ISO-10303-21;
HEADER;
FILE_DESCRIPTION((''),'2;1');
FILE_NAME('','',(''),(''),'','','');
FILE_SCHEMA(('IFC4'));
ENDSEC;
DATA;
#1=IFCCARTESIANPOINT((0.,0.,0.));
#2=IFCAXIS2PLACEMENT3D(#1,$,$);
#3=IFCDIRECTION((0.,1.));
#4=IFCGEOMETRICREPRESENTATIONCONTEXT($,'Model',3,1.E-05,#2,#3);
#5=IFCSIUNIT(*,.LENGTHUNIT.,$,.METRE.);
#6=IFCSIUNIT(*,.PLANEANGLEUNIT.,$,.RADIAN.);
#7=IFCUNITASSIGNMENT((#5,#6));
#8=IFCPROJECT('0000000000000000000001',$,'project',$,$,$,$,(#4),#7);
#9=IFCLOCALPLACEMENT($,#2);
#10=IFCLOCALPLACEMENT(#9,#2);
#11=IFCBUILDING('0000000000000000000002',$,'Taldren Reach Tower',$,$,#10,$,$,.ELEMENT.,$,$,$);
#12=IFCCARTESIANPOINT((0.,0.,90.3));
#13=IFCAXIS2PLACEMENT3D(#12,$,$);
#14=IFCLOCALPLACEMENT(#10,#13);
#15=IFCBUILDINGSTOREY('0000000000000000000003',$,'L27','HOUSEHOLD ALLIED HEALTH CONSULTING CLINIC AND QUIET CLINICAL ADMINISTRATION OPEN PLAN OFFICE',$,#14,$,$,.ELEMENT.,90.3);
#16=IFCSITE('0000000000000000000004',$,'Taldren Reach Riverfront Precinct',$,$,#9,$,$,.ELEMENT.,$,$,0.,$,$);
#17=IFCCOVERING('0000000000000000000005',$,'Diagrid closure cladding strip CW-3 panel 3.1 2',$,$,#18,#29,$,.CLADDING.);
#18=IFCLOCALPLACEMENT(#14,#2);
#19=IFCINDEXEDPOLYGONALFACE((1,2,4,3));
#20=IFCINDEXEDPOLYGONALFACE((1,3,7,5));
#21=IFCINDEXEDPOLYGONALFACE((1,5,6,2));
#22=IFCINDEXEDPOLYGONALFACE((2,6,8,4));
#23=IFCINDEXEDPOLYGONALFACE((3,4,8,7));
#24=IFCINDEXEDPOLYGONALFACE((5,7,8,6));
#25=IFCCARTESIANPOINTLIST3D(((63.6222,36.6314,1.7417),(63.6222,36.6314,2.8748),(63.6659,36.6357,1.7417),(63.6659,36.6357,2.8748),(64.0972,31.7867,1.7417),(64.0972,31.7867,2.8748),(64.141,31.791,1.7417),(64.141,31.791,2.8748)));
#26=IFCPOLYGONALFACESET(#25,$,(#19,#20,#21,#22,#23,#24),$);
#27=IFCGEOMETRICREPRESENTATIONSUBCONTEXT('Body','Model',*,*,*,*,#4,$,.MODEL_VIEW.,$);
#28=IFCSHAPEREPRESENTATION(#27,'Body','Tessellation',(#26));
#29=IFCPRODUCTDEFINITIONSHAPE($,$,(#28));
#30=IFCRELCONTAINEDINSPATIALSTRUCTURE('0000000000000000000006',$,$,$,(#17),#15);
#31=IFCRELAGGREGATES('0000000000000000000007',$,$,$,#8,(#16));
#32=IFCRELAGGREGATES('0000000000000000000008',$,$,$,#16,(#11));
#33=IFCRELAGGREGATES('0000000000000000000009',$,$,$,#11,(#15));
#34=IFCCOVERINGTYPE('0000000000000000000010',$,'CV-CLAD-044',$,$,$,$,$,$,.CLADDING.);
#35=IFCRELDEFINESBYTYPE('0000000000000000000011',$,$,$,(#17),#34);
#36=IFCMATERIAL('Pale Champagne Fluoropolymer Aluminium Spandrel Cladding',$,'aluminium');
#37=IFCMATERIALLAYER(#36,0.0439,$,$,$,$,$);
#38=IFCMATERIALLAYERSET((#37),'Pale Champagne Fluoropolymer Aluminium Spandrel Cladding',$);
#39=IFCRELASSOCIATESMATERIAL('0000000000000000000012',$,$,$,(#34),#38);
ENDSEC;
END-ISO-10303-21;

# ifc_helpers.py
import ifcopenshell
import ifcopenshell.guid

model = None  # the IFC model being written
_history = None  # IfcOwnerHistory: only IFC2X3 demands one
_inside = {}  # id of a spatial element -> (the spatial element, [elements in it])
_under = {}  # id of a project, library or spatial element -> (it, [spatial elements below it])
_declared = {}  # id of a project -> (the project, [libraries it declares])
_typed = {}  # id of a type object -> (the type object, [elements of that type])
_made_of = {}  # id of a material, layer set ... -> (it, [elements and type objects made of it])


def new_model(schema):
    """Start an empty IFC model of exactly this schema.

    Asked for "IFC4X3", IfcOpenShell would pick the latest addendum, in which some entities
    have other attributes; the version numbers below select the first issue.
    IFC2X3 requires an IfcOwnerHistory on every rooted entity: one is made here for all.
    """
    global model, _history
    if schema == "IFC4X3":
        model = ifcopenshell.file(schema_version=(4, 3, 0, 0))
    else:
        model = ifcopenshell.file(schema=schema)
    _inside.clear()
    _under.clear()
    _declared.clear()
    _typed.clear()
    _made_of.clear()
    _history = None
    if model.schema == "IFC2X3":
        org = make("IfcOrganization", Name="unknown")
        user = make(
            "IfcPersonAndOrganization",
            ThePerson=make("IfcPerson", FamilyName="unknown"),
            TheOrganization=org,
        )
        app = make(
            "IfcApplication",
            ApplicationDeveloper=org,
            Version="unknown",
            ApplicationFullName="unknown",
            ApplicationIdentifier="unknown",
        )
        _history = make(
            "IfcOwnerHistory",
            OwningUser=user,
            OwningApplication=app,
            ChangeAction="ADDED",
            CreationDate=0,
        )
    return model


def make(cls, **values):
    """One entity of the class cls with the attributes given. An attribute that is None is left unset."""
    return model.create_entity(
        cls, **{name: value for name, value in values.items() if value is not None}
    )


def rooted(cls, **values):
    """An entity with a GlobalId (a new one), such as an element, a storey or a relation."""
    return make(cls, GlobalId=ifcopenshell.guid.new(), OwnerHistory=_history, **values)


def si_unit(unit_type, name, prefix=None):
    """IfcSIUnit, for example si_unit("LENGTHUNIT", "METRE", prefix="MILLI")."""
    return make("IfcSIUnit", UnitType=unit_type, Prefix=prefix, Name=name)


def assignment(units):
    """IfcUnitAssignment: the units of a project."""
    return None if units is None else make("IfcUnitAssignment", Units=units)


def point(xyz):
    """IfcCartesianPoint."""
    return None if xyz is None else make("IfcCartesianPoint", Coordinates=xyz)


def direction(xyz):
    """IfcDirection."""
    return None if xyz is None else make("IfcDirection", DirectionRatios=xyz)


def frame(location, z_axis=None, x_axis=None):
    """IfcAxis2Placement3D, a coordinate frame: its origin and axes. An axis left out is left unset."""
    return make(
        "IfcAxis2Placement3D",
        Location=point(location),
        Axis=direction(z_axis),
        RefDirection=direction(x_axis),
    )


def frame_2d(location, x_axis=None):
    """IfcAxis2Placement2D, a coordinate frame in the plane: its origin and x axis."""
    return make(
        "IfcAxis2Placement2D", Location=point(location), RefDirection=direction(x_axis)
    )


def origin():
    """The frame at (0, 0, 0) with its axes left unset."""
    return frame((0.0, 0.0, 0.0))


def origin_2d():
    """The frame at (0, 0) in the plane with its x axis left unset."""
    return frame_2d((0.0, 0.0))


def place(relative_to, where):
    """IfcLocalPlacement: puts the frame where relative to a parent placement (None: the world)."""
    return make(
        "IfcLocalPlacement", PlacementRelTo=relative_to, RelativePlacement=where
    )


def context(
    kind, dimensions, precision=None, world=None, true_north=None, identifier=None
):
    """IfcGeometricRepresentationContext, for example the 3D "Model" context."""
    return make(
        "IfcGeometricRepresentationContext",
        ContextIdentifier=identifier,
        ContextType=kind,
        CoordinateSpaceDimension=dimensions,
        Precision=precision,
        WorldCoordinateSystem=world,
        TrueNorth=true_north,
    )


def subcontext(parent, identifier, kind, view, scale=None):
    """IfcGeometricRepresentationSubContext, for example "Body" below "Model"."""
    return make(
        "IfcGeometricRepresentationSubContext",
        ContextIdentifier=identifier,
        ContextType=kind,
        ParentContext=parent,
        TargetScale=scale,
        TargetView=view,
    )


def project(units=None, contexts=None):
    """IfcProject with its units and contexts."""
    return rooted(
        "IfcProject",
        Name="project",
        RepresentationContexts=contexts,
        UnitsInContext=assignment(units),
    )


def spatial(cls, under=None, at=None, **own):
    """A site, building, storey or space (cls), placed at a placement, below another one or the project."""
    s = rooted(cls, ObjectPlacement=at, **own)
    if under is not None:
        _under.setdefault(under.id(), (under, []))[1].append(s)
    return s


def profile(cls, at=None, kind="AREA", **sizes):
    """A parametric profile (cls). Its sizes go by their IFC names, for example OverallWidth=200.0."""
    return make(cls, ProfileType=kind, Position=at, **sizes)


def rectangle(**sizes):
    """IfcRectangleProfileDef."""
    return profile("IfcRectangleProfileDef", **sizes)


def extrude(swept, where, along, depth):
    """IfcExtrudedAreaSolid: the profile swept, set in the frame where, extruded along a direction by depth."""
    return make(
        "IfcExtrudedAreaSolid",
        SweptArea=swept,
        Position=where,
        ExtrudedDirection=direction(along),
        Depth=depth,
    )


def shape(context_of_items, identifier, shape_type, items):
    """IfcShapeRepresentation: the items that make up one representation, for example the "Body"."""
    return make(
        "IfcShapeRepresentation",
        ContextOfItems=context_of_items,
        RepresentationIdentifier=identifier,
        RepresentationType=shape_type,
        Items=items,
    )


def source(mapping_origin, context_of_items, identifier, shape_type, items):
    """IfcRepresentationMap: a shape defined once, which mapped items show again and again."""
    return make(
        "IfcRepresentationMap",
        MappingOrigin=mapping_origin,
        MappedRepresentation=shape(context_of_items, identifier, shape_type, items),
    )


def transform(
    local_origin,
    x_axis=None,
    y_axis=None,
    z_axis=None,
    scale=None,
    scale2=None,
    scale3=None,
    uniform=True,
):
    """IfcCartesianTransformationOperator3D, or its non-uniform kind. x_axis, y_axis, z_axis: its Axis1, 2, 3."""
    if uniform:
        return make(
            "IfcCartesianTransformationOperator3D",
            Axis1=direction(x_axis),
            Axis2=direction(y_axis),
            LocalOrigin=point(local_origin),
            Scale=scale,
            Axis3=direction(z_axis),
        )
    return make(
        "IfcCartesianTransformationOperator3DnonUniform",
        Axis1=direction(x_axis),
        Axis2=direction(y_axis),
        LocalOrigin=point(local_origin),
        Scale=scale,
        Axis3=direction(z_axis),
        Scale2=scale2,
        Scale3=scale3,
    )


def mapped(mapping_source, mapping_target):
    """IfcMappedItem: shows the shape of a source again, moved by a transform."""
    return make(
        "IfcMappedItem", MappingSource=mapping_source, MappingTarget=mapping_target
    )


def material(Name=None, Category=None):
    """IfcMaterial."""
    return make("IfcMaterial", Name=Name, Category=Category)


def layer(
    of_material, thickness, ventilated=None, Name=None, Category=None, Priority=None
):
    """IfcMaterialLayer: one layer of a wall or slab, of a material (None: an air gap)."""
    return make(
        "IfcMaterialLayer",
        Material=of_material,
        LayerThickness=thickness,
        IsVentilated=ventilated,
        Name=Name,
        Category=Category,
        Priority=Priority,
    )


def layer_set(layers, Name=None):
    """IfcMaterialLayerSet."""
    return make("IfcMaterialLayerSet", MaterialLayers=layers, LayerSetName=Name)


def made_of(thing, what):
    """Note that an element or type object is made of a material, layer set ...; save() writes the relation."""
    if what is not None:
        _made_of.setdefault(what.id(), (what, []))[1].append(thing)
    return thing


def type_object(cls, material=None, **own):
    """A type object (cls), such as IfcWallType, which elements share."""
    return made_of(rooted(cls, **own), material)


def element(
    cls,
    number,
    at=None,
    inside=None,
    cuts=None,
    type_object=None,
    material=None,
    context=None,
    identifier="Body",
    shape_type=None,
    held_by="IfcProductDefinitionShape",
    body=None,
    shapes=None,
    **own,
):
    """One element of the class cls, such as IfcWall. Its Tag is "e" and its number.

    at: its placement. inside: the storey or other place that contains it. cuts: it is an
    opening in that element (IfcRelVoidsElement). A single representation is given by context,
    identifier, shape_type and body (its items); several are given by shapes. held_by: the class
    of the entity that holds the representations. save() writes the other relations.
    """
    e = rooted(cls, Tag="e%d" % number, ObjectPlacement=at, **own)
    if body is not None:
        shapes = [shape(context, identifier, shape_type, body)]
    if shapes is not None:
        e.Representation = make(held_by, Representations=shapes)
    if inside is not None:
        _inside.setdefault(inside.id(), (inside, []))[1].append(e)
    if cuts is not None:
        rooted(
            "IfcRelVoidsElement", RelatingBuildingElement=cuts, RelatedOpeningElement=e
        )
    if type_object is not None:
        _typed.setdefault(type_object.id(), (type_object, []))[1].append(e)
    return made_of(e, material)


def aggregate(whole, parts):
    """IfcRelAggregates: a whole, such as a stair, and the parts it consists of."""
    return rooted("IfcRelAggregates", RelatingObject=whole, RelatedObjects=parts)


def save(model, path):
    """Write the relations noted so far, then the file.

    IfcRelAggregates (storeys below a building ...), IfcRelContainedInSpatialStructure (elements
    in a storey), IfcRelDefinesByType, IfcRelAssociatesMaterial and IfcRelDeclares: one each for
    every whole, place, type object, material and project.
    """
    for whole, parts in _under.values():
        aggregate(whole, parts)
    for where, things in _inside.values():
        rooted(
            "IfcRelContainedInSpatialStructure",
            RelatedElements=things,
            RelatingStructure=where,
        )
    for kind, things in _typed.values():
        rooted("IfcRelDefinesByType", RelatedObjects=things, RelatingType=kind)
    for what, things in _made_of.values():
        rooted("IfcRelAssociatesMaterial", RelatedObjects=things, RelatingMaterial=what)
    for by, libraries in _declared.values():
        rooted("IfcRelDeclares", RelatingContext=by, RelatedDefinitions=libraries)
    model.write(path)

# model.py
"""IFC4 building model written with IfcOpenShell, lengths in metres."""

from ifc_helpers import new_model, si_unit, direction, frame, origin, origin_2d, place, context, subcontext, project, spatial, rectangle, extrude, source, transform, mapped, material, layer, layer_set, type_object, element, save


model = new_model("IFC4")

# Units and contexts
model_context = context("Model", 3, precision=1e-05, world=origin(), true_north=direction((0.0, 1.0)))
body_context = subcontext(model_context, "Body", "Model", "MODEL_VIEW")
ifc_project = project(units=[si_unit("LENGTHUNIT", "METRE"), si_unit("PLANEANGLEUNIT", "RADIAN")], contexts=[model_context])

# Site, building, storey
site_placement = place(None, origin())
site = spatial("IfcSite", under=ifc_project, at=site_placement, Name="Taldren Reach Riverfront Precinct", CompositionType="ELEMENT", RefElevation=0.0)
building_placement = place(site_placement, origin())
building = spatial("IfcBuilding", under=site, at=building_placement, Name="Taldren Reach Tower", CompositionType="ELEMENT")
storey_placement = place(building_placement, frame((0.0, 0.0, 90.3)))
storey = spatial("IfcBuildingStorey", under=building, at=storey_placement, Name="L27", Description="HOUSEHOLD ALLIED HEALTH CONSULTING CLINIC AND QUIET CLINICAL ADMINISTRATION OPEN PLAN OFFICE", CompositionType="ELEMENT", Elevation=90.3)

# Covering
ifc_material_1 = material(Name="Pale Champagne Fluoropolymer Aluminium Spandrel Cladding", Category="aluminium")
ifc_layer_1 = layer(ifc_material_1, 0.0439)
ifc_layer_set_1 = layer_set([ifc_layer_1], Name="Pale Champagne Fluoropolymer Aluminium Spandrel Cladding")
covering_type = type_object("IfcCoveringType", Name="CV-CLAD-044", PredefinedType="CLADDING", material=ifc_layer_set_1)
shared_shape_1 = source(origin(), body_context, "Body", "SweptSolid", [
    extrude(rectangle(XDim=4.8679, YDim=0.0439, at=origin_2d()), origin(), (0.0, 0.0, 1.0), 1.1331),
])
covering_1_placement = place(storey_placement, frame((63.8816, 34.2112, 1.7417), z_axis=(0.0, 0.0, 1.0), x_axis=(-0.097583, 0.995227, 0.0)))
element("IfcCovering", 1, at=covering_1_placement, inside=storey, type_object=covering_type, Name="Diagrid closure cladding strip CW-3 panel 3.1 2", PredefinedType="CLADDING", context=body_context, shape_type="MappedRepresentation", body=[
    mapped(shared_shape_1, transform((0.0, 0.0, 0.0), scale=1.0)),
])

save(model, "model.ifc")
